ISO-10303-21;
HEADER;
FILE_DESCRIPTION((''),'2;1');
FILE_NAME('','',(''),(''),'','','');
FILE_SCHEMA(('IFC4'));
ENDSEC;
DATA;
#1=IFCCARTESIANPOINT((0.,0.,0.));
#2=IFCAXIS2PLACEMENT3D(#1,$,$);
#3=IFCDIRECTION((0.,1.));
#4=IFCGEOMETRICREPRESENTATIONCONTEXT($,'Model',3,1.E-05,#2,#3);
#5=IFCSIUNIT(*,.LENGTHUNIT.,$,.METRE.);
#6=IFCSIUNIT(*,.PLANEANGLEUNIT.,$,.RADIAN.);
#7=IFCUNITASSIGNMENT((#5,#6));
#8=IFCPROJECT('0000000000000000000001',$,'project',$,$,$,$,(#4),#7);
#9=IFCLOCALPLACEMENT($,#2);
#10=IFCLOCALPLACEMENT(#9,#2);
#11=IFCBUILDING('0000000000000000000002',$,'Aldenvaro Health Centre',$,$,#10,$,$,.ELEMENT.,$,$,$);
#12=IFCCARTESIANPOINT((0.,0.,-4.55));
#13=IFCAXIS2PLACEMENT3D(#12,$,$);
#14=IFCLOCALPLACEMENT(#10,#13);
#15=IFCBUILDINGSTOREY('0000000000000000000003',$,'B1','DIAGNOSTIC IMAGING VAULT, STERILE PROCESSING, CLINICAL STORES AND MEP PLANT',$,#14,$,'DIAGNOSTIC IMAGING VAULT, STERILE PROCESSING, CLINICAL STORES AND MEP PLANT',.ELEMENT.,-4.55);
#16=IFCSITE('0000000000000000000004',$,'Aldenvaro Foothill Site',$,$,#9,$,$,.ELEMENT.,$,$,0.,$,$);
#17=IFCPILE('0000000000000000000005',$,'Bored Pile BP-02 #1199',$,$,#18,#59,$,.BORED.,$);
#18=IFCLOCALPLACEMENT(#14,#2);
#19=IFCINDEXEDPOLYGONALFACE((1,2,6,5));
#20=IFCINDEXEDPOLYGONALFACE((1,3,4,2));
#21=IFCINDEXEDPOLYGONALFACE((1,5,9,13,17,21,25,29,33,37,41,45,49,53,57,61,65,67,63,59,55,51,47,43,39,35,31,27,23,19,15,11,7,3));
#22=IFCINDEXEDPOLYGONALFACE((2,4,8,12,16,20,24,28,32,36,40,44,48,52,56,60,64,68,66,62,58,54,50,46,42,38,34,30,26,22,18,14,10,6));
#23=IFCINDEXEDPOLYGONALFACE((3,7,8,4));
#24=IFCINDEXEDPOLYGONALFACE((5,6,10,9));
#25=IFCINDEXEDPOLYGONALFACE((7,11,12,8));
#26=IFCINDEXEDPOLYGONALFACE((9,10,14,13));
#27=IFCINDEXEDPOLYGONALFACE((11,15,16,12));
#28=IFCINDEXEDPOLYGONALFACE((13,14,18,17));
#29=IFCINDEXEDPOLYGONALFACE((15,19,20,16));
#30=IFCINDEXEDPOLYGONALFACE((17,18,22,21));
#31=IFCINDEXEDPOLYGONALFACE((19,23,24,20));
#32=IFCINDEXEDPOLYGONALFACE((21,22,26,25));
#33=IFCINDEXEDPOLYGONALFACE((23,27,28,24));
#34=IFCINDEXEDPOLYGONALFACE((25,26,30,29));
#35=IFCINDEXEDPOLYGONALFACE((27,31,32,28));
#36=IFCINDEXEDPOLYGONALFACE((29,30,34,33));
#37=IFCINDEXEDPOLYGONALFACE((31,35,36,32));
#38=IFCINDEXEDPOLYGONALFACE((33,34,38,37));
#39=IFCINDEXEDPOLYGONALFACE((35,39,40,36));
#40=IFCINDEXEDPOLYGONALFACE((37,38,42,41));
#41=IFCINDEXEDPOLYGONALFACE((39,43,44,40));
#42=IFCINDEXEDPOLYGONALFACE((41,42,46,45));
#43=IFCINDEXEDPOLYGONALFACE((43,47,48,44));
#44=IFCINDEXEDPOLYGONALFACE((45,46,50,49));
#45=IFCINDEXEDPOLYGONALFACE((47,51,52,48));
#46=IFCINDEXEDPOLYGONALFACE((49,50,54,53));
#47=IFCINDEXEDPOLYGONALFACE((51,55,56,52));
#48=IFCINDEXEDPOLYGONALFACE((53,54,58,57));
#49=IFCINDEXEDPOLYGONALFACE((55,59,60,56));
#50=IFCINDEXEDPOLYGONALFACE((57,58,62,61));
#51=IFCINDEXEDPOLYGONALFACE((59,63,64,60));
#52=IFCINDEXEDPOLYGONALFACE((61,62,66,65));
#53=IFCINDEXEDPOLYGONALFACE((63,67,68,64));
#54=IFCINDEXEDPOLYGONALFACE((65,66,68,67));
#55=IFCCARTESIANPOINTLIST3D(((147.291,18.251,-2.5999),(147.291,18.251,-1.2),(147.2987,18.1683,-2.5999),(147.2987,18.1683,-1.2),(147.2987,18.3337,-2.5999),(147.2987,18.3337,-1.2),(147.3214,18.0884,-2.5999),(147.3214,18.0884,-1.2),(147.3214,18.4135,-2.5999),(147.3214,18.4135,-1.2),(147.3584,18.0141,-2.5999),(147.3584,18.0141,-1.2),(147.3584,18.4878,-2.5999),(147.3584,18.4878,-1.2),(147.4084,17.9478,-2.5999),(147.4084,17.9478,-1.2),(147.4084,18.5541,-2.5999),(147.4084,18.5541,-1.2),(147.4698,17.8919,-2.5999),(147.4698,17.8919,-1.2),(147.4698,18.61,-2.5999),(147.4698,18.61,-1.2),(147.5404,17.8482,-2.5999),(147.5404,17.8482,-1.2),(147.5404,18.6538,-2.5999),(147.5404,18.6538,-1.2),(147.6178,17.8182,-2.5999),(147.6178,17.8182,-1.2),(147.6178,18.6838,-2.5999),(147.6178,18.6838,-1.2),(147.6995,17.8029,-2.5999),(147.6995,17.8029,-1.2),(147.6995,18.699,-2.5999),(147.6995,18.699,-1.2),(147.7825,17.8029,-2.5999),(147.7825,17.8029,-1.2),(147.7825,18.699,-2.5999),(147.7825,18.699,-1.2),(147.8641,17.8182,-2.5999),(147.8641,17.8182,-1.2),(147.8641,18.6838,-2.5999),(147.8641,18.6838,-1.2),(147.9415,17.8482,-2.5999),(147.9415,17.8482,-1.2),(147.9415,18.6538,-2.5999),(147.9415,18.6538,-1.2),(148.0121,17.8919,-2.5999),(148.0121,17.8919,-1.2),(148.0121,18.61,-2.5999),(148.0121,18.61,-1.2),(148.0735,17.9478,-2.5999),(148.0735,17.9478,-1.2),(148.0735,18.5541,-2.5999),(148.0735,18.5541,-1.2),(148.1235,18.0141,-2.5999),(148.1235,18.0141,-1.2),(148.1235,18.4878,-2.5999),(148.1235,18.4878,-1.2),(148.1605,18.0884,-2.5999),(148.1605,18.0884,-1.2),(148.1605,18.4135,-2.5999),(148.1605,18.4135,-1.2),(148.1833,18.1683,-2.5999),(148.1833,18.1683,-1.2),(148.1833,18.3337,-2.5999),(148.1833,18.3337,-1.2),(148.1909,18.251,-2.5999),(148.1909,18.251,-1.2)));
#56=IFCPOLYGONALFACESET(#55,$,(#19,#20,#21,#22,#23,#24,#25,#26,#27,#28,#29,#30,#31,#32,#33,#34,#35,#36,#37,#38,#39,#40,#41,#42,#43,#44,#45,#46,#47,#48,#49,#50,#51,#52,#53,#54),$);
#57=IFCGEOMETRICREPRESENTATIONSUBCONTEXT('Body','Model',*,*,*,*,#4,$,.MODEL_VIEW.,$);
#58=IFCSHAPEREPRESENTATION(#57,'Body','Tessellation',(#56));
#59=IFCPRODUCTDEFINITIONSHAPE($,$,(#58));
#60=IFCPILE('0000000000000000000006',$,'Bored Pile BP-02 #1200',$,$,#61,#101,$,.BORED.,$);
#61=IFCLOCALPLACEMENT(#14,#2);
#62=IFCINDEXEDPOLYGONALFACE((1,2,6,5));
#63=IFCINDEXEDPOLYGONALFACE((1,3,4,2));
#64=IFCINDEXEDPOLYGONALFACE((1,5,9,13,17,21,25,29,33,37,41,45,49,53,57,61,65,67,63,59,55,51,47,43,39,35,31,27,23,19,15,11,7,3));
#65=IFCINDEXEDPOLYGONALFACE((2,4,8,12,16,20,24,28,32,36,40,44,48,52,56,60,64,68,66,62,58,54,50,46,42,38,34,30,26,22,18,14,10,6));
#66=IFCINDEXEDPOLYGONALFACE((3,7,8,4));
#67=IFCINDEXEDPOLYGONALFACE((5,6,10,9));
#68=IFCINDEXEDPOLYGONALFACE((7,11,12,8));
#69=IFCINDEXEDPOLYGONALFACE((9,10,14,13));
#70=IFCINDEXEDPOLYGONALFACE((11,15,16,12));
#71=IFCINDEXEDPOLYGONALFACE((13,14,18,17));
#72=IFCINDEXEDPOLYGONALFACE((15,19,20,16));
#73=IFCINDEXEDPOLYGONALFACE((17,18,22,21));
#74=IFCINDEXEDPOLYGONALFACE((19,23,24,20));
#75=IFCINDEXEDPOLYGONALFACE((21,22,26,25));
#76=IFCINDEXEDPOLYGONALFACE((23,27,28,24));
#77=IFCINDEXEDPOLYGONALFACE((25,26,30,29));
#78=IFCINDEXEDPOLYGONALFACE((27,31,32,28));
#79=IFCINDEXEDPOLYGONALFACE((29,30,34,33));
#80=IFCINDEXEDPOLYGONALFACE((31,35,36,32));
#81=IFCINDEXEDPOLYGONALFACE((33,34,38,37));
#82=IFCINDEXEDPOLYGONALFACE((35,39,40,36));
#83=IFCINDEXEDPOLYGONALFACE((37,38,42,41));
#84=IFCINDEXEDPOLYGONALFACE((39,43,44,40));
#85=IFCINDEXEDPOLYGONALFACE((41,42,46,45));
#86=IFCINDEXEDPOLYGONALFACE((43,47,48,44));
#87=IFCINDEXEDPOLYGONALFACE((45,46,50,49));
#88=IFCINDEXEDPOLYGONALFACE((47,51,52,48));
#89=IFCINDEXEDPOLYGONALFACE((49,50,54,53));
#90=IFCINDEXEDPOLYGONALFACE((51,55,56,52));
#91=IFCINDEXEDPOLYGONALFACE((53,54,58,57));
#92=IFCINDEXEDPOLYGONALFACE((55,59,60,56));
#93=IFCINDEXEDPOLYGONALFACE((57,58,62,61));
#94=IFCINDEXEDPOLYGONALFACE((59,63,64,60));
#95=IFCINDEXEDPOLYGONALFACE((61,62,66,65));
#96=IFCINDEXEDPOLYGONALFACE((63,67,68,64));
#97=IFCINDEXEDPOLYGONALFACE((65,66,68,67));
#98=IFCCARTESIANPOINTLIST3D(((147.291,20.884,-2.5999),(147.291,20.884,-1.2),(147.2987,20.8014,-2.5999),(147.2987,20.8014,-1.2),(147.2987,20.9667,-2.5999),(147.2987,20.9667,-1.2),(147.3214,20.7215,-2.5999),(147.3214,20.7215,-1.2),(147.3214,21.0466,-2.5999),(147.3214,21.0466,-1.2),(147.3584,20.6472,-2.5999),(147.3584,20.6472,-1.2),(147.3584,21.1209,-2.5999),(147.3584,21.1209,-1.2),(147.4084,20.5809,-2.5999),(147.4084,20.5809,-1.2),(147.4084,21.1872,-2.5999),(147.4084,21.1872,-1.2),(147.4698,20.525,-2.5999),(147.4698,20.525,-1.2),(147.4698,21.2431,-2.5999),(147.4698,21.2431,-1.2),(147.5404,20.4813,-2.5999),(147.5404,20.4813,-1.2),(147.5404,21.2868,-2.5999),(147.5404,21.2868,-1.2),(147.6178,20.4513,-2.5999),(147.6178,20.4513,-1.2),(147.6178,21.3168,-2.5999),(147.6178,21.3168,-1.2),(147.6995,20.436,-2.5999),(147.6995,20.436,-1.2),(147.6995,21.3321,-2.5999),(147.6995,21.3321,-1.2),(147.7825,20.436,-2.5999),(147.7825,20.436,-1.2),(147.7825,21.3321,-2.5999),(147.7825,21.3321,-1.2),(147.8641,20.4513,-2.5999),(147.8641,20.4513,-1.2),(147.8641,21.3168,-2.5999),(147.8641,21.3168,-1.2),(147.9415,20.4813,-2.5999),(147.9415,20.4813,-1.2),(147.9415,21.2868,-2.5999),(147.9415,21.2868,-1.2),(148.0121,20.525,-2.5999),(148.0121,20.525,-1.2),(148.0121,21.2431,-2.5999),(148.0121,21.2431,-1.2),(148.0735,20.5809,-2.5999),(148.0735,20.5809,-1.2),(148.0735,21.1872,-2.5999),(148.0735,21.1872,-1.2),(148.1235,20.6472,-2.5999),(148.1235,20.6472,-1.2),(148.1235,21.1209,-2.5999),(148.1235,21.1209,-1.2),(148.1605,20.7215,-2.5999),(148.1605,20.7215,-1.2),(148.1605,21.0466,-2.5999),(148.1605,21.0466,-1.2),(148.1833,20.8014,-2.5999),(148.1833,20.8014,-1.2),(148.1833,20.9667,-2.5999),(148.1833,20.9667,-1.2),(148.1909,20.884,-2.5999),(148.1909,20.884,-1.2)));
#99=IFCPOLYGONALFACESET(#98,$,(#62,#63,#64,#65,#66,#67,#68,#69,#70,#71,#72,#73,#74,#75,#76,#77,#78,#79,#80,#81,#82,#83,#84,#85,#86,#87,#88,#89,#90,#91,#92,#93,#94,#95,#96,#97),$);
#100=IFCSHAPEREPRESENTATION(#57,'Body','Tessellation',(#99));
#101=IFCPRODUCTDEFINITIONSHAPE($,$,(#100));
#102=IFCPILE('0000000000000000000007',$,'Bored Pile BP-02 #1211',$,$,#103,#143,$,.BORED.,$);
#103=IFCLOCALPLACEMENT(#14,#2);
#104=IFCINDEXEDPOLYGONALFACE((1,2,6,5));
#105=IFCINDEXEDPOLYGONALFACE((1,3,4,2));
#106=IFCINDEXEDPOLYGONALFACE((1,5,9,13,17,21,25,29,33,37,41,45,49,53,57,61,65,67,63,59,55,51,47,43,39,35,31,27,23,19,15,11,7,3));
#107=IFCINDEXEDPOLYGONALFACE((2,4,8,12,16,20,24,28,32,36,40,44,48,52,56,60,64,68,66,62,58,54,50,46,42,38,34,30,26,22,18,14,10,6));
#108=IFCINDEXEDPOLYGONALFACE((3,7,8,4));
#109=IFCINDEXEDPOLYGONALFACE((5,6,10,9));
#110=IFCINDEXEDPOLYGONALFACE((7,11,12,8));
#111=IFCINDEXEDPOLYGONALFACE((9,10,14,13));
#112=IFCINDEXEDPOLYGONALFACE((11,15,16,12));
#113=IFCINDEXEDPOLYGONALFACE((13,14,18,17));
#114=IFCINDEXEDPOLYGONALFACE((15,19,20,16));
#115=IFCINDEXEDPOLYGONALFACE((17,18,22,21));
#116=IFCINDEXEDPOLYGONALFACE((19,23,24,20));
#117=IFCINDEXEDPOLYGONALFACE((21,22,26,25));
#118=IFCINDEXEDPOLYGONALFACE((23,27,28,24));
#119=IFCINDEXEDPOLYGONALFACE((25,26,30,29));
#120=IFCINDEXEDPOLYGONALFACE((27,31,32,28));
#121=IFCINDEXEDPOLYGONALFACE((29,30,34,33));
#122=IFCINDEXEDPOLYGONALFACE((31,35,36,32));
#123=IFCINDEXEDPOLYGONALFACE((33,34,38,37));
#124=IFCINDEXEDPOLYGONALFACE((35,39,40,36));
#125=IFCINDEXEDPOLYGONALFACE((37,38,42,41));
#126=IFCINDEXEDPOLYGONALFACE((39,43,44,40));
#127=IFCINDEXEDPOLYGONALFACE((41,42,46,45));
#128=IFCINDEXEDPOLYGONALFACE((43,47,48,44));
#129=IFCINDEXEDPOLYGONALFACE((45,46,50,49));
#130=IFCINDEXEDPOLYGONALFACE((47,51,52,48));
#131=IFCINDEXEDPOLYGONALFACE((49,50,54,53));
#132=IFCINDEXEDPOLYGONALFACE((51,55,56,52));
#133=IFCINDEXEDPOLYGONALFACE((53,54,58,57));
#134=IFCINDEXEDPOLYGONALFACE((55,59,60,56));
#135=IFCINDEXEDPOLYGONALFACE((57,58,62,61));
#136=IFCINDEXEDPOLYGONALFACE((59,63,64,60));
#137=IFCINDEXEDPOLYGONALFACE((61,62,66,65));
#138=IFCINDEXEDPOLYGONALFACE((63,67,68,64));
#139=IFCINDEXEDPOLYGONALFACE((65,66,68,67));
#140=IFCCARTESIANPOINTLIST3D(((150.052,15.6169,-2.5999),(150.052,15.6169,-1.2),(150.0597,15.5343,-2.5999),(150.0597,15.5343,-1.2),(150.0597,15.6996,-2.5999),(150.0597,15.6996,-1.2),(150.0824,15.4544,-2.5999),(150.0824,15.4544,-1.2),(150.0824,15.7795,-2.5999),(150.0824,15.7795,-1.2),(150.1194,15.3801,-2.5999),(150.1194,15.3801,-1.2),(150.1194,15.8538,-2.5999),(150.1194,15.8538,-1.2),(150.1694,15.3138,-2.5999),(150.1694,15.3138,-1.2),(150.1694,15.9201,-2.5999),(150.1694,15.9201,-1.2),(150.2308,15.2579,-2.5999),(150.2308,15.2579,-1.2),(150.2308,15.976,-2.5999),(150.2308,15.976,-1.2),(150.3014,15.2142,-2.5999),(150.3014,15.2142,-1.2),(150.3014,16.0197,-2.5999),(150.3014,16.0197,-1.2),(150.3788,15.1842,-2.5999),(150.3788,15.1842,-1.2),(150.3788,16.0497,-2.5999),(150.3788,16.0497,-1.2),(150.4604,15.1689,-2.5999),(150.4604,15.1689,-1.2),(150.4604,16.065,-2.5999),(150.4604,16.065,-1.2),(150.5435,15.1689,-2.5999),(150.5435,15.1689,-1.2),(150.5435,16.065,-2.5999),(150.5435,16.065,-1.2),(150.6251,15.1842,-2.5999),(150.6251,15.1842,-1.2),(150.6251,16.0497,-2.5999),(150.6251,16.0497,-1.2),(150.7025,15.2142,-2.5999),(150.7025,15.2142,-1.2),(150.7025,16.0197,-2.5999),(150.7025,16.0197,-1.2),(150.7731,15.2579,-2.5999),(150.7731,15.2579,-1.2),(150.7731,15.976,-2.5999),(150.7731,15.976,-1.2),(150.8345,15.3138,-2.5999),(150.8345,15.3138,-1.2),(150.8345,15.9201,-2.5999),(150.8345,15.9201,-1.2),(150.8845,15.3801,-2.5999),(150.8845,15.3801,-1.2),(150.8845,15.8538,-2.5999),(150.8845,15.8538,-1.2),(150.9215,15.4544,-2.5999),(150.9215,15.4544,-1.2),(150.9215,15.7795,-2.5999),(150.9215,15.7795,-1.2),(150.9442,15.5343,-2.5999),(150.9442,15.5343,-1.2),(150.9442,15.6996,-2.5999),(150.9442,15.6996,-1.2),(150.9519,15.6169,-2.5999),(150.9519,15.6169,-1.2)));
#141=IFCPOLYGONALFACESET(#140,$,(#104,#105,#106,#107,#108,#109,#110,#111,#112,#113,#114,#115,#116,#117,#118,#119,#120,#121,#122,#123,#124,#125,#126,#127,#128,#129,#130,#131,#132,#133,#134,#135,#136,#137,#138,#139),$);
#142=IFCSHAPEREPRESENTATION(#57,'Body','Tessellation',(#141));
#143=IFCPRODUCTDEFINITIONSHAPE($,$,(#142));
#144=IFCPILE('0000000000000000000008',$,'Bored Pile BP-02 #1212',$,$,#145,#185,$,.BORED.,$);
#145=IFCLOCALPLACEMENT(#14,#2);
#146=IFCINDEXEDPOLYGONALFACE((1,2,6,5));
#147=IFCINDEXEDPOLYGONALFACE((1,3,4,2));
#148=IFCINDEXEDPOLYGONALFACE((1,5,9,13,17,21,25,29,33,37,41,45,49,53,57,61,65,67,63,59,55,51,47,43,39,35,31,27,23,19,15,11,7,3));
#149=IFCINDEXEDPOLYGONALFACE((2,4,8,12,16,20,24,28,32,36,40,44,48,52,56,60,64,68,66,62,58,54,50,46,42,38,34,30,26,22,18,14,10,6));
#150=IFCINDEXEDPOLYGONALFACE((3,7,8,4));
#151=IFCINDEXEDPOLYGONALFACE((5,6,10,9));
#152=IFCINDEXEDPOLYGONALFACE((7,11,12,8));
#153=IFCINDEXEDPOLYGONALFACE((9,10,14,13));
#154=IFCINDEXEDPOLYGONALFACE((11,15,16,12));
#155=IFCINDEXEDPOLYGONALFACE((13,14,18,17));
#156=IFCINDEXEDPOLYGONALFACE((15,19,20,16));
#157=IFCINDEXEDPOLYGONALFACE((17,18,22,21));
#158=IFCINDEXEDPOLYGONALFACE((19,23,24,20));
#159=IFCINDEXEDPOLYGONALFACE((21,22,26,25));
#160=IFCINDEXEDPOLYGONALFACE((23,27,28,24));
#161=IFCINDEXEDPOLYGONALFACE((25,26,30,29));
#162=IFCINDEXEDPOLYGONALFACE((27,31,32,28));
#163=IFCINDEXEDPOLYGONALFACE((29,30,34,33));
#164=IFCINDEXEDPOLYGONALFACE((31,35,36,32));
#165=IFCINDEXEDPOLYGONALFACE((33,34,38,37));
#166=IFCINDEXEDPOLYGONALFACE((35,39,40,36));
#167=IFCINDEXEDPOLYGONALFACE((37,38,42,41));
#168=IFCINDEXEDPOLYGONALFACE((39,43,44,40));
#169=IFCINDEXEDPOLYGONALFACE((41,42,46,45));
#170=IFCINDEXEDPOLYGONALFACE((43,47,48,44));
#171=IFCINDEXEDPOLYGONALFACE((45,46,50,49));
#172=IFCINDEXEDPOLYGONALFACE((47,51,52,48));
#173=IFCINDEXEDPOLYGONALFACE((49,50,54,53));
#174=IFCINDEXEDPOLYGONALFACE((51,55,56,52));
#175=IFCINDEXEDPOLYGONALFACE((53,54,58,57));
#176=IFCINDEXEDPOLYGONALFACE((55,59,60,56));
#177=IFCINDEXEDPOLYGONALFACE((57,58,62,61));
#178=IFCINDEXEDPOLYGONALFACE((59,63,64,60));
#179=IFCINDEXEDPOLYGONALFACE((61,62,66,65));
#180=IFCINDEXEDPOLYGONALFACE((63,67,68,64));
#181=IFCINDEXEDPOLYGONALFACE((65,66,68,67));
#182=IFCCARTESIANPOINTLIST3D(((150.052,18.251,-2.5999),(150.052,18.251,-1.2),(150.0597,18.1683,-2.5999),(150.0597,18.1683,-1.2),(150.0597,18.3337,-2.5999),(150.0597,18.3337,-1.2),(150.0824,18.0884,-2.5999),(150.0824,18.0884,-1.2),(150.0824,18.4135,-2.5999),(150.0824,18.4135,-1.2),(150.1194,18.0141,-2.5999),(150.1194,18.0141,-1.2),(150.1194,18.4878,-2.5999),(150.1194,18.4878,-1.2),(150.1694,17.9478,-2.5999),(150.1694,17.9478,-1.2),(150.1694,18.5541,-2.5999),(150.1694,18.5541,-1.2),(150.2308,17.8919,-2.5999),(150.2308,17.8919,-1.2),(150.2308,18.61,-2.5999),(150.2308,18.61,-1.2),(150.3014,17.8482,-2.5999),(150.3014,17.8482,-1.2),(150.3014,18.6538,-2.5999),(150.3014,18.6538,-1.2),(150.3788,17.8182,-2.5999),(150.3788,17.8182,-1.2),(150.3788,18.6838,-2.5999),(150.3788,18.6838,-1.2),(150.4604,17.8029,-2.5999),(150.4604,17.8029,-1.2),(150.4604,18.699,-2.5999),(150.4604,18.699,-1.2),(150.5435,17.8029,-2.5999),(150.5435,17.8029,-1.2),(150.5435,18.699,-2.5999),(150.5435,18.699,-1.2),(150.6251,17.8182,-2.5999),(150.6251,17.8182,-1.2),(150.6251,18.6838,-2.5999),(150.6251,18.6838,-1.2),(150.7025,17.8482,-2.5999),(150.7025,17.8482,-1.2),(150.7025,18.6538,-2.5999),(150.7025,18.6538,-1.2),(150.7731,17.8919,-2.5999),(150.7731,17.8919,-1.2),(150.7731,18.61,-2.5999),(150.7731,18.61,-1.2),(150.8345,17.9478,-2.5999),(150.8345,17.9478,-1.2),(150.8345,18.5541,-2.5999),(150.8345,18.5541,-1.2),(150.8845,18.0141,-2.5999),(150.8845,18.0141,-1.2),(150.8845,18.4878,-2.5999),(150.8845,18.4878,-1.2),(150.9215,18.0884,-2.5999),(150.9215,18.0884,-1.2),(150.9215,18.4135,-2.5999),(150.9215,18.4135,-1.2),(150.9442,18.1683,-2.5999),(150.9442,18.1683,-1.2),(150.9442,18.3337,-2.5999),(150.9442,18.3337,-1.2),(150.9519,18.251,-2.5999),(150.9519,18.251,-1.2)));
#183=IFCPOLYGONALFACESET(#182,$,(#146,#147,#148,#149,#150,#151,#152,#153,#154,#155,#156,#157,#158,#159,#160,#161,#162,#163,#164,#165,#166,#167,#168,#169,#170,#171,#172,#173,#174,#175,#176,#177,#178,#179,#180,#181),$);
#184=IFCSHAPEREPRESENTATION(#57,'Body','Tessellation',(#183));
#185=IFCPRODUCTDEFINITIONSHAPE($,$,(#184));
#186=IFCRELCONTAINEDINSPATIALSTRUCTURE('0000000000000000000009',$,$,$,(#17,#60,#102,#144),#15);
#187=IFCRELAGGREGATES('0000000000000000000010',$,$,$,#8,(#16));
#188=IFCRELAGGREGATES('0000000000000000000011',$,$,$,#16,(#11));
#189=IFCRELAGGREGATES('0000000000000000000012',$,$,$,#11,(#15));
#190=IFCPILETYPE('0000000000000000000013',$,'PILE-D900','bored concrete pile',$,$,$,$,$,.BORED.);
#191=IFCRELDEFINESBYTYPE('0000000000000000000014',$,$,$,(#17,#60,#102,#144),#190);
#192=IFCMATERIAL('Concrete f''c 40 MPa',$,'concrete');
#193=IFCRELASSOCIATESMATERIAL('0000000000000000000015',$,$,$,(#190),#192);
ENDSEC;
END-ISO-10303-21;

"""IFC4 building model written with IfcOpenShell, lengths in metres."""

from ifc_helpers import new_model, si_unit, direction, frame, origin, origin_2d, place, context, subcontext, project, spatial, circle, extrude, material, material_profile, profile_set, type_object, element, save


model = new_model("IFC4")

# Units and contexts
model_context = context("Model", 3, precision=1e-05, world=origin(), true_north=direction((0.0, 1.0)))
body_context = subcontext(model_context, "Body", "Model", "MODEL_VIEW")
ifc_project = project(units=[si_unit("LENGTHUNIT", "METRE"), si_unit("PLANEANGLEUNIT", "RADIAN")], contexts=[model_context])

# Site, building, storey
site_placement = place(None, origin())
site = spatial("IfcSite", under=ifc_project, at=site_placement, Name="Aldenvaro Foothill Site", CompositionType="ELEMENT", RefElevation=0.0)
building_placement = place(site_placement, origin())
building = spatial("IfcBuilding", under=site, at=building_placement, Name="Aldenvaro Health Centre", CompositionType="ELEMENT")
storey_placement = place(building_placement, frame((0.0, 0.0, -4.55)))
storey = spatial("IfcBuildingStorey", under=building, at=storey_placement, Name="B1", Description="DIAGNOSTIC IMAGING VAULT, STERILE PROCESSING, CLINICAL STORES AND MEP PLANT", LongName="DIAGNOSTIC IMAGING VAULT, STERILE PROCESSING, CLINICAL STORES AND MEP PLANT", CompositionType="ELEMENT", Elevation=-4.55)

# Piles
ifc_material_1 = material(Name="Concrete f'c 40 MPa", Category="concrete")
ifc_material_profile_1 = material_profile(ifc_material_1, circle(Radius=0.45, at=origin_2d()), Name="PILE D900", Category="concrete")
ifc_profile_set_1 = profile_set([ifc_material_profile_1], Name="Concrete f'c 40 MPa")
pile_type = type_object("IfcPileType", Name="PILE-D900", Description="bored concrete pile", PredefinedType="BORED", material=ifc_profile_set_1)
for number, where, z_axis, x_axis, name in (
    (1, (147.741, 18.251, -1.2), (0.0, 0.0, -1.0), (1.0, 0.0, 0.0), "Bored Pile BP-02 #1199"),
    (2, (147.741, 20.884, -1.2), (0.0, 0.0, -1.0), (1.0, 0.0, 0.0), "Bored Pile BP-02 #1200"),
    (3, (150.502, 15.6169, -1.2), (0.0, 0.0, -1.0), (1.0, 0.0, 0.0), "Bored Pile BP-02 #1211"),
    (4, (150.502, 18.251, -1.2), (0.0, 0.0, -1.0), (1.0, 0.0, 0.0), "Bored Pile BP-02 #1212"),
):
    element("IfcPile", number, at=place(storey_placement, frame(where, z_axis=z_axis, x_axis=x_axis)), inside=storey, type_object=pile_type, Name=name, PredefinedType="BORED", context=body_context, shape_type="SweptSolid", body=[
        extrude(circle(Radius=0.45, at=origin_2d()), origin(), (0.0, 0.0, 1.0), 1.3999),
    ])

save(model, "model.ifc")
